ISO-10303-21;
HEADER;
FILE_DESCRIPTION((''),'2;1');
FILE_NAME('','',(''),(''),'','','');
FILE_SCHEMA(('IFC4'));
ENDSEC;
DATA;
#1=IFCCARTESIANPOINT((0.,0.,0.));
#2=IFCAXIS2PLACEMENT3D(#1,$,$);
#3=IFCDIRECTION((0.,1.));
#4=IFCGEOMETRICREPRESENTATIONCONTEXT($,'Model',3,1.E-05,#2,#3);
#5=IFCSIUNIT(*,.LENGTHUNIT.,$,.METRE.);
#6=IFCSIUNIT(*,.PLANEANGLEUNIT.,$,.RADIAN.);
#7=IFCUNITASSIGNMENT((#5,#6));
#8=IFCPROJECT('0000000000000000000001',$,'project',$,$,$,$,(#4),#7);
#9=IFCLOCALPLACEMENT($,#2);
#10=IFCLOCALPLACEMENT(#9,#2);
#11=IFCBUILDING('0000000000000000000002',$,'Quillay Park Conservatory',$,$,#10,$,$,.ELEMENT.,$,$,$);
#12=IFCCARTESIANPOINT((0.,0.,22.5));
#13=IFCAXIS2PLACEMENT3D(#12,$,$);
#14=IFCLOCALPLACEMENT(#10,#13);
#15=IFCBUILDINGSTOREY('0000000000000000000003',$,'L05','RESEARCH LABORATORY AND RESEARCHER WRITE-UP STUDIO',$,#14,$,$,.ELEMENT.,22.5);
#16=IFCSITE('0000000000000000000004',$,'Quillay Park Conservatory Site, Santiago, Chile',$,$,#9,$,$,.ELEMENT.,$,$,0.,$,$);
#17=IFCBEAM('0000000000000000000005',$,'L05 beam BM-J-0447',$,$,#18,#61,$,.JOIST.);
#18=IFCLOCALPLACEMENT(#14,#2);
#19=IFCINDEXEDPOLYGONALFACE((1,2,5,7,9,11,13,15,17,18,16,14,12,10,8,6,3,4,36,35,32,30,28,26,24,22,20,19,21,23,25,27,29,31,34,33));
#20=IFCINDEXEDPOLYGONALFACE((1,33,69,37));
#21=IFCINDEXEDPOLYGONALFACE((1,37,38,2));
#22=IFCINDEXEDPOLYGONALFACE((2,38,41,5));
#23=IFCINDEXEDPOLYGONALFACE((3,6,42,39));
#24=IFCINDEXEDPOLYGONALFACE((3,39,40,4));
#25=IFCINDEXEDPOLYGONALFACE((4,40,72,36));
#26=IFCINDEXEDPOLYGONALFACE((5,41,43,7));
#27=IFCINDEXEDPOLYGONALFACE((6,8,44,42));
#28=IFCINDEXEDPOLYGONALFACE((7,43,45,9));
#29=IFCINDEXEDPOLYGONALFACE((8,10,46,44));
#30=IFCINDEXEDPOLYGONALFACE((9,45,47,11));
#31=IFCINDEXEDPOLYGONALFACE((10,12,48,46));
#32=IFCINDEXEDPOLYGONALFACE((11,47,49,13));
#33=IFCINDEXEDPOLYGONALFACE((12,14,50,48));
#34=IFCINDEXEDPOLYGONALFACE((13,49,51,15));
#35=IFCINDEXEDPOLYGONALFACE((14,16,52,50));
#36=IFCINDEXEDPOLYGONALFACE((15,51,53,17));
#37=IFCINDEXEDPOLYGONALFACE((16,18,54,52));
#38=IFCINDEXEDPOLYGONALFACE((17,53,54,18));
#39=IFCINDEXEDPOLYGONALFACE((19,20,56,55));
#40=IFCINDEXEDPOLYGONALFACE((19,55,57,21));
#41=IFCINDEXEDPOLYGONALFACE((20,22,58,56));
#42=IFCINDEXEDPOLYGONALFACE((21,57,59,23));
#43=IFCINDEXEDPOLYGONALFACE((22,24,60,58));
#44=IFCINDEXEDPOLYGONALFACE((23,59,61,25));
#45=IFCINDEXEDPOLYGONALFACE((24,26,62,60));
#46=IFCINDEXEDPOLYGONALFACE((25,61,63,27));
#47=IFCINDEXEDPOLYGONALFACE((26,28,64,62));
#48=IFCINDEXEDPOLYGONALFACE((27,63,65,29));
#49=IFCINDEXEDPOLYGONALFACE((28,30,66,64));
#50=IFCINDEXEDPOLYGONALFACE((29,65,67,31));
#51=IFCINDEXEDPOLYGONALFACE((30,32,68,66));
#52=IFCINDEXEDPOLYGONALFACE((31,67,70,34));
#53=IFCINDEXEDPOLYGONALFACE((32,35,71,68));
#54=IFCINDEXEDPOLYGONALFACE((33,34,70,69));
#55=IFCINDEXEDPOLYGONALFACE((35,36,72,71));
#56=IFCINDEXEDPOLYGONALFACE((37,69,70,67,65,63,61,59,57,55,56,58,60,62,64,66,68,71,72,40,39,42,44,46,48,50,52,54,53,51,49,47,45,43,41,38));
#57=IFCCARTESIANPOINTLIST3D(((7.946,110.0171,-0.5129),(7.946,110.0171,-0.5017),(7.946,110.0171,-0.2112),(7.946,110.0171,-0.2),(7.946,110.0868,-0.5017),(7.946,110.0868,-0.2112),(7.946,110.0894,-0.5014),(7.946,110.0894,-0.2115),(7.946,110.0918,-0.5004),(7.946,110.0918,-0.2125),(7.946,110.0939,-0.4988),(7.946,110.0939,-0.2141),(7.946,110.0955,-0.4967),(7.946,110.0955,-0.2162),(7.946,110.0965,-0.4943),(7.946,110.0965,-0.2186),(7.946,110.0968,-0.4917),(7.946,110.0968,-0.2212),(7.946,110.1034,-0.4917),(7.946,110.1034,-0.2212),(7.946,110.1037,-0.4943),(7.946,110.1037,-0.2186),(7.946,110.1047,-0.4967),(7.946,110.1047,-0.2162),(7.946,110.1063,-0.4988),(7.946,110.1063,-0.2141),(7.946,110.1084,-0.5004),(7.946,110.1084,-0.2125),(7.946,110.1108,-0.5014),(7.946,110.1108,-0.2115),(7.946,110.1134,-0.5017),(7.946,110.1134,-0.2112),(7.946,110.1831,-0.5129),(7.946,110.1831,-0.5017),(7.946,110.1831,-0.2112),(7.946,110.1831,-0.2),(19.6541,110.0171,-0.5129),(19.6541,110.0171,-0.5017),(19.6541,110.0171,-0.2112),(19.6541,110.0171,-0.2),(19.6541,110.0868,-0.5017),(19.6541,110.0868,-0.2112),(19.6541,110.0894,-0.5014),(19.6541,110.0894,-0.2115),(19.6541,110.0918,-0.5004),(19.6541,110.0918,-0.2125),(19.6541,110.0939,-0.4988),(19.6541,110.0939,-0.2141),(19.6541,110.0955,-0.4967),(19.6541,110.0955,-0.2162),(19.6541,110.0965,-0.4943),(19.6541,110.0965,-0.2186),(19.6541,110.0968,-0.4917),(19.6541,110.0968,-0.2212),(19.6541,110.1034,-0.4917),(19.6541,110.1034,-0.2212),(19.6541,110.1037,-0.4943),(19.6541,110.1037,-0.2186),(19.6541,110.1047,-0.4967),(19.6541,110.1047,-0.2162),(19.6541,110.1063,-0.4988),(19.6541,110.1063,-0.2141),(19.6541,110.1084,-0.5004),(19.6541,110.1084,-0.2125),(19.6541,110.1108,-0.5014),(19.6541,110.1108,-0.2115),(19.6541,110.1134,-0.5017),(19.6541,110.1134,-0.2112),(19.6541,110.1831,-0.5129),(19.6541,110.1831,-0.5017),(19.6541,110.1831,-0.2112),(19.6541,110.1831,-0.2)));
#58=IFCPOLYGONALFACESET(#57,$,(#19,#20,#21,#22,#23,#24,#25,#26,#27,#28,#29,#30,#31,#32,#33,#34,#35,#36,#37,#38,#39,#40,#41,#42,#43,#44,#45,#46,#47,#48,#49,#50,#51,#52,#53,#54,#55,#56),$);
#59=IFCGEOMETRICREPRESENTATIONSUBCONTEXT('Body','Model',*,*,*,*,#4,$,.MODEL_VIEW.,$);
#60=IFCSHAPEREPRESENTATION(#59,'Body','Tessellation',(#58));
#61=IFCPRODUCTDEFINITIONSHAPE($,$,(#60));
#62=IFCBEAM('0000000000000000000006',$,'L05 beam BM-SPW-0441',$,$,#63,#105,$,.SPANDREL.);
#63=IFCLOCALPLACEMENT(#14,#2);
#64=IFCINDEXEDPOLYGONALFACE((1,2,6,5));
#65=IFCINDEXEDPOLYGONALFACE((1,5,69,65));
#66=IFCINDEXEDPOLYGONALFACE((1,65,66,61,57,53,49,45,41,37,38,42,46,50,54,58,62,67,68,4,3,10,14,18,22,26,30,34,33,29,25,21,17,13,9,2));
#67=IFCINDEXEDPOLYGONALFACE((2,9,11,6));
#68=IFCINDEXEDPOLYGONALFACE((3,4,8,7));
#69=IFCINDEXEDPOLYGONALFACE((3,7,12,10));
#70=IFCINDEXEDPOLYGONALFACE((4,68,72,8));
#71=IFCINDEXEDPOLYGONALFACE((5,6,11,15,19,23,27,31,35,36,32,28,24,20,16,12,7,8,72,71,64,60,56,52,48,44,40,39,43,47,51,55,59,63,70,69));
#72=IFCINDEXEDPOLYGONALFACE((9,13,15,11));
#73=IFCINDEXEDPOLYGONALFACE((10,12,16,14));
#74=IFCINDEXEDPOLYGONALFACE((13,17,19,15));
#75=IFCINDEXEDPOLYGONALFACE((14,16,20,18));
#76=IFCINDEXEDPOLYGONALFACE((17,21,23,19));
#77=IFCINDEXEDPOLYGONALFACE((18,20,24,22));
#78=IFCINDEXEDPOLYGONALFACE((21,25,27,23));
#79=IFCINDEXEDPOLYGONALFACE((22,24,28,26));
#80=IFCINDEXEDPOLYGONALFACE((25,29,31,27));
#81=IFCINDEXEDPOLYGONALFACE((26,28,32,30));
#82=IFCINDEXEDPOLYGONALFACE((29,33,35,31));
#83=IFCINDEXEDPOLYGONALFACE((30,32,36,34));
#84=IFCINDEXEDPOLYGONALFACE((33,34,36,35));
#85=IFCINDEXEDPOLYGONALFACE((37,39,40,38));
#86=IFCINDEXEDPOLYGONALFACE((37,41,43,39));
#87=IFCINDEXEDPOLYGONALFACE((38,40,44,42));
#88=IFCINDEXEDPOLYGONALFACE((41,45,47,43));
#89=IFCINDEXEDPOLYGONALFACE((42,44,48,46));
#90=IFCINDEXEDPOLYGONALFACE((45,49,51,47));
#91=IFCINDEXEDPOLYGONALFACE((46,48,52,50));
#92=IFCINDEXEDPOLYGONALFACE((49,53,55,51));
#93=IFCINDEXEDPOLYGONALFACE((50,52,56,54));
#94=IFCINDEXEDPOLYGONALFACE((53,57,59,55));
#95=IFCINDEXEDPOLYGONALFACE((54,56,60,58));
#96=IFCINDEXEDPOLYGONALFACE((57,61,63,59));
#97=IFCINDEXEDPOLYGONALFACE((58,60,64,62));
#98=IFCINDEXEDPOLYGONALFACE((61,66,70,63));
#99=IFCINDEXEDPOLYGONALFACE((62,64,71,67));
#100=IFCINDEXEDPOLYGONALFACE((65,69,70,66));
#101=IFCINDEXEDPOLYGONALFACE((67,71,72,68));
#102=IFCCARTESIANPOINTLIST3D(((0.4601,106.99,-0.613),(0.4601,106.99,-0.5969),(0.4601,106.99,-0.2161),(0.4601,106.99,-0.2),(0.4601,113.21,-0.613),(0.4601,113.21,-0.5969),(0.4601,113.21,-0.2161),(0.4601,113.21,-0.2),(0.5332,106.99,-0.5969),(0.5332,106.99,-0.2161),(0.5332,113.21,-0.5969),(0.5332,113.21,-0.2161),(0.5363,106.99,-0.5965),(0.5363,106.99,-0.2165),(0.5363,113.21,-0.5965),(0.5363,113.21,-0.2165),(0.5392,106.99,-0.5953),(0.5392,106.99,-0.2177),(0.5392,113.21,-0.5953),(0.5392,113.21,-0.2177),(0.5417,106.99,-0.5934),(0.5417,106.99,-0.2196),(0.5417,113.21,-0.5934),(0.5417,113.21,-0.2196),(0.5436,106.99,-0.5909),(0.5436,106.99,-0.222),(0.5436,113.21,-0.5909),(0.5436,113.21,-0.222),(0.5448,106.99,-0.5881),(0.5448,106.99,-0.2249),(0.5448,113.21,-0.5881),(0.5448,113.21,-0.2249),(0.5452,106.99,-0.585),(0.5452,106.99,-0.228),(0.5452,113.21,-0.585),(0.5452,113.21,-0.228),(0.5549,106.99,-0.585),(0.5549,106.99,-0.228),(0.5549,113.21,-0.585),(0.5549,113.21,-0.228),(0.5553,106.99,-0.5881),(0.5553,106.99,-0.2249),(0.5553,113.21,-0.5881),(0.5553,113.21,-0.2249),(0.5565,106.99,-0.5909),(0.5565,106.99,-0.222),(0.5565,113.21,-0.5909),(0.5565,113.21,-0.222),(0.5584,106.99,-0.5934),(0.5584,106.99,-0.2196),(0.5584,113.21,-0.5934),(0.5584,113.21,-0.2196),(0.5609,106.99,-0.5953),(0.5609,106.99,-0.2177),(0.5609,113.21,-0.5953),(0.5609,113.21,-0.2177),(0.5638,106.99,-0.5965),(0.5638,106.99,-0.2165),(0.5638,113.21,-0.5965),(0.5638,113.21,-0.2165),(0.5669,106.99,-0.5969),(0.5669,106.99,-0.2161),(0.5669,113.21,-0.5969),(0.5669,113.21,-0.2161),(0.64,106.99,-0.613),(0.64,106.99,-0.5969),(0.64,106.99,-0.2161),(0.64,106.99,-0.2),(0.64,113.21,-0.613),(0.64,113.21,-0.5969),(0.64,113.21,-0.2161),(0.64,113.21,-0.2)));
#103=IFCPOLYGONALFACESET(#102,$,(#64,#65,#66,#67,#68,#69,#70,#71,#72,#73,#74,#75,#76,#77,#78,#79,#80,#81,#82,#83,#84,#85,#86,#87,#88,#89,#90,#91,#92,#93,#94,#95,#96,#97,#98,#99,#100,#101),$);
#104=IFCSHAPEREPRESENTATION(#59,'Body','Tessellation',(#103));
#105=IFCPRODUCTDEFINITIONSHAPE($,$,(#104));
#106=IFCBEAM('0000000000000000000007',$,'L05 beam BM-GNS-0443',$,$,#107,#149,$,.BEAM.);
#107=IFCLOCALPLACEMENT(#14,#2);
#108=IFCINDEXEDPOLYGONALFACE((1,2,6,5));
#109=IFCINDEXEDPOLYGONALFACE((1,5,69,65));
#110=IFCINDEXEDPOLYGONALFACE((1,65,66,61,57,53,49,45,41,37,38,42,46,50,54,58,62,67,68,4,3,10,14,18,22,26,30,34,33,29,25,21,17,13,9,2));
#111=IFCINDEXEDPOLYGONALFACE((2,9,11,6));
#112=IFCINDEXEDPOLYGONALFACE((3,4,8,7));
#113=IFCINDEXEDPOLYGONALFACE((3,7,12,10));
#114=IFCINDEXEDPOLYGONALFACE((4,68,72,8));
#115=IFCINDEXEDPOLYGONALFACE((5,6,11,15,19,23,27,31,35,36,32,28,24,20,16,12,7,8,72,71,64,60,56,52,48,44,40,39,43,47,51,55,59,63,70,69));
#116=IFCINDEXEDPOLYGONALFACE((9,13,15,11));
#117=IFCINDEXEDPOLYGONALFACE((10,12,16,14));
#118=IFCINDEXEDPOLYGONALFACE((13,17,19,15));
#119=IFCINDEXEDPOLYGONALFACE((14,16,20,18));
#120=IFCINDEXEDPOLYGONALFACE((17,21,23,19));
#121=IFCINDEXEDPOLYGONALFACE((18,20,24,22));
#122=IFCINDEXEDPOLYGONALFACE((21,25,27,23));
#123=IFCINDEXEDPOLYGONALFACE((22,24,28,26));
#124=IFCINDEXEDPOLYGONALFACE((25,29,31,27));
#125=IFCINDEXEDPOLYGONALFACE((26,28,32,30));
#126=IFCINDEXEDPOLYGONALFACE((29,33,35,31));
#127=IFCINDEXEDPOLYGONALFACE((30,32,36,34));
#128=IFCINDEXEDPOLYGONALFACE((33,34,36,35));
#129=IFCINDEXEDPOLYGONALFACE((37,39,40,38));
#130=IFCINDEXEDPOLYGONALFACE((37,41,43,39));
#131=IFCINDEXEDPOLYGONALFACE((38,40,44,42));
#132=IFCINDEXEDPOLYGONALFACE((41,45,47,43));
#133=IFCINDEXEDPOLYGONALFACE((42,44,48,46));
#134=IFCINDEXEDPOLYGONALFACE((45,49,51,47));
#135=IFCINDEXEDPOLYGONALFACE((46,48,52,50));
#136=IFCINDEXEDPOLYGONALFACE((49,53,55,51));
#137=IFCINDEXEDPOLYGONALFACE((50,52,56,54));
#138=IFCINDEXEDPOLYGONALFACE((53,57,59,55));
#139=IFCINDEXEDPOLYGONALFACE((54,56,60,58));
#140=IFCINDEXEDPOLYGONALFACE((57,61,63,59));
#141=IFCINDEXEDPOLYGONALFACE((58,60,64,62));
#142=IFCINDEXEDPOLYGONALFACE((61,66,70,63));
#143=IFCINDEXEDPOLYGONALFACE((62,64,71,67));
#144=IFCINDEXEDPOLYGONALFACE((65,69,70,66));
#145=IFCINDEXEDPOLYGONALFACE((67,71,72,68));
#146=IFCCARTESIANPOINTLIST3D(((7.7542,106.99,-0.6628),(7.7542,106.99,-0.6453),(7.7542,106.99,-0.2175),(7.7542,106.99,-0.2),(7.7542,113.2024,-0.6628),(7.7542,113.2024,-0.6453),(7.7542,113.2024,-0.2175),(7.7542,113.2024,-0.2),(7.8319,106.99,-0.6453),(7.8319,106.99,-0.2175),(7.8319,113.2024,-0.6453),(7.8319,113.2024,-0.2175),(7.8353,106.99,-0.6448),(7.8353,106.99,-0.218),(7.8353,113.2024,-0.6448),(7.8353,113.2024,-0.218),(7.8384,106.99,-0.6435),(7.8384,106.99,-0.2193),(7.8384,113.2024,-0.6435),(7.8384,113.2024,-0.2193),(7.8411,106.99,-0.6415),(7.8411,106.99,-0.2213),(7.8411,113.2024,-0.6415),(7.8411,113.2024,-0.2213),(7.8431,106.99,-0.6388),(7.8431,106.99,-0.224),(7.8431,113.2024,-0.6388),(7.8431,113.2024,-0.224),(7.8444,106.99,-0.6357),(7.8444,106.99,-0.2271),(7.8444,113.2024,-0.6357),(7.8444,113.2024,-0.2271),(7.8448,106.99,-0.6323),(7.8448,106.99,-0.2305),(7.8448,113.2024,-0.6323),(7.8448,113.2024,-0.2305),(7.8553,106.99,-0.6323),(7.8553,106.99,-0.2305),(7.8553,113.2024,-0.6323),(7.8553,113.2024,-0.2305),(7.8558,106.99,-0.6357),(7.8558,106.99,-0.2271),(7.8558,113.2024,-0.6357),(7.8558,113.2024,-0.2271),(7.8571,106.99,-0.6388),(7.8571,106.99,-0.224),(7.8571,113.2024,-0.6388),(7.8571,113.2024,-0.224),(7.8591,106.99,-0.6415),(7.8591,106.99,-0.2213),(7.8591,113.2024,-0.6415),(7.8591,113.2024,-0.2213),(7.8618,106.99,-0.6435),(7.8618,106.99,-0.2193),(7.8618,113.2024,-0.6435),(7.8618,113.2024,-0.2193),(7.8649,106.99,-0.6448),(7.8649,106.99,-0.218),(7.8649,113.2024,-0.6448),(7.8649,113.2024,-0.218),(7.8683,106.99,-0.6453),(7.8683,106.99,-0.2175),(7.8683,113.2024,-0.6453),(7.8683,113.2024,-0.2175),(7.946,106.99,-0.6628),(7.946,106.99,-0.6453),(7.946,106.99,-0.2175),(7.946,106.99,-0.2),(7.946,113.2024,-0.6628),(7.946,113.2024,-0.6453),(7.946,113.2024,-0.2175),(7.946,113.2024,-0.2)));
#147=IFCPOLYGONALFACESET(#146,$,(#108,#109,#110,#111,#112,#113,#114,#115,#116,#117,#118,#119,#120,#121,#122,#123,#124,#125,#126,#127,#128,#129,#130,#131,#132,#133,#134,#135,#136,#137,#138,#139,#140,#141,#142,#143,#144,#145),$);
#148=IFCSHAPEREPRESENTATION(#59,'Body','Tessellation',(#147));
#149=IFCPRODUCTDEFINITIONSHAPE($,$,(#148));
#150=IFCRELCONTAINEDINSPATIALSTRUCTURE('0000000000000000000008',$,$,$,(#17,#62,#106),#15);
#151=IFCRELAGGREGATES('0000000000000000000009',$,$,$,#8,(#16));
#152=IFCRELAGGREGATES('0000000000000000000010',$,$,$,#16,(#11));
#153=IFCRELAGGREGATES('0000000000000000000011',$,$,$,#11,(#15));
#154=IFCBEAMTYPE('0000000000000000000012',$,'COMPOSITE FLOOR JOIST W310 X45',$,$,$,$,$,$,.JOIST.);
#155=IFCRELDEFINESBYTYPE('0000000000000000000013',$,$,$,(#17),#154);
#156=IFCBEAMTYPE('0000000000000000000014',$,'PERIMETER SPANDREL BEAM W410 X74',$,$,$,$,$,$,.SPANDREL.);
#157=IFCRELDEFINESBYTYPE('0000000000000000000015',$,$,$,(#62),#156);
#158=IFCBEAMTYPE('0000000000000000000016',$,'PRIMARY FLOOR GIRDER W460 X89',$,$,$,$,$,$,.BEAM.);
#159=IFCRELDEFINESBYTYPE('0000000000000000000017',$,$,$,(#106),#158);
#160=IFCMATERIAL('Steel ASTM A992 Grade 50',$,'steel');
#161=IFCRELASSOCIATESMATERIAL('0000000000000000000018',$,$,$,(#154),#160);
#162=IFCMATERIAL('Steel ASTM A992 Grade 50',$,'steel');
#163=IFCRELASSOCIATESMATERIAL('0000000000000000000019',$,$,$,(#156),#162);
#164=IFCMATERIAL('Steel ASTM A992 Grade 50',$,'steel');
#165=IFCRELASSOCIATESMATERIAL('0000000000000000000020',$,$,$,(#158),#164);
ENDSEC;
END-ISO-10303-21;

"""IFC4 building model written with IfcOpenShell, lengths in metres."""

from ifc_helpers import new_model, si_unit, direction, frame, origin, origin_2d, place, context, subcontext, project, spatial, i_section, extrude, material, material_profile, profile_set, type_object, element, save


model = new_model("IFC4")

# Units and contexts
model_context = context("Model", 3, precision=1e-05, world=origin(), true_north=direction((0.0, 1.0)))
body_context = subcontext(model_context, "Body", "Model", "MODEL_VIEW")
ifc_project = project(units=[si_unit("LENGTHUNIT", "METRE"), si_unit("PLANEANGLEUNIT", "RADIAN")], contexts=[model_context])

# Site, building, storey
site_placement = place(None, origin())
site = spatial("IfcSite", under=ifc_project, at=site_placement, Name="Quillay Park Conservatory Site, Santiago, Chile", CompositionType="ELEMENT", RefElevation=0.0)
building_placement = place(site_placement, origin())
building = spatial("IfcBuilding", under=site, at=building_placement, Name="Quillay Park Conservatory", CompositionType="ELEMENT")
storey_placement = place(building_placement, frame((0.0, 0.0, 22.5)))
storey = spatial("IfcBuildingStorey", under=building, at=storey_placement, Name="L05", Description="RESEARCH LABORATORY AND RESEARCHER WRITE-UP STUDIO", CompositionType="ELEMENT", Elevation=22.5)

# Beams
ifc_material_1 = material(Name="Steel ASTM A992 Grade 50", Category="steel")
ifc_material_profile_1 = material_profile(ifc_material_1, i_section(OverallWidth=0.166, OverallDepth=0.313, WebThickness=0.0066, FlangeThickness=0.0112, FilletRadius=0.01, at=origin_2d()), Name="W310x45")
ifc_profile_set_1 = profile_set([ifc_material_profile_1], Name="Steel ASTM A992 Grade 50")
beam_type_1 = type_object("IfcBeamType", Name="COMPOSITE FLOOR JOIST W310 X45", PredefinedType="JOIST", material=ifc_profile_set_1)
beam_1_placement = place(storey_placement, frame((7.946, 110.1001, -0.3564), z_axis=(1.0, 0.0, 0.0), x_axis=(0.0, 1.0, 0.0)))
element("IfcBeam", 1, at=beam_1_placement, inside=storey, type_object=beam_type_1, Name="L05 beam BM-J-0447", PredefinedType="JOIST", context=body_context, shape_type="SweptSolid", body=[
    extrude(i_section(OverallWidth=0.166, OverallDepth=0.313, WebThickness=0.0066, FlangeThickness=0.0112, FilletRadius=0.01, at=origin_2d()), origin(), (0.0, 0.0, 1.0), 11.708),
])
ifc_material_2 = material(Name="Steel ASTM A992 Grade 50", Category="steel")
ifc_material_profile_2 = material_profile(ifc_material_2, i_section(OverallWidth=0.1799, OverallDepth=0.4131, WebThickness=0.0098, FlangeThickness=0.0161, FilletRadius=0.012, at=origin_2d()), Name="W410x74")
ifc_profile_set_2 = profile_set([ifc_material_profile_2], Name="Steel ASTM A992 Grade 50")
beam_type_2 = type_object("IfcBeamType", Name="PERIMETER SPANDREL BEAM W410 X74", PredefinedType="SPANDREL", material=ifc_profile_set_2)
beam_2_placement = place(storey_placement, frame((0.55, 106.99, -0.4065), z_axis=(0.0, 1.0, 0.0), x_axis=(-1.0, 0.0, 0.0)))
element("IfcBeam", 2, at=beam_2_placement, inside=storey, type_object=beam_type_2, Name="L05 beam BM-SPW-0441", PredefinedType="SPANDREL", context=body_context, shape_type="SweptSolid", body=[
    extrude(i_section(OverallWidth=0.1799, OverallDepth=0.4131, WebThickness=0.0098, FlangeThickness=0.0161, FilletRadius=0.012, at=origin_2d()), origin(), (0.0, 0.0, 1.0), 6.22),
])
ifc_material_3 = material(Name="Steel ASTM A992 Grade 50", Category="steel")
ifc_material_profile_3 = material_profile(ifc_material_3, i_section(OverallWidth=0.1919, OverallDepth=0.4629, WebThickness=0.0105, FlangeThickness=0.0176, FilletRadius=0.0129, at=origin_2d()), Name="W460x89")
ifc_profile_set_3 = profile_set([ifc_material_profile_3], Name="Steel ASTM A992 Grade 50")
beam_type_3 = type_object("IfcBeamType", Name="PRIMARY FLOOR GIRDER W460 X89", PredefinedType="BEAM", material=ifc_profile_set_3)
beam_3_placement = place(storey_placement, frame((7.8501, 106.99, -0.4314), z_axis=(0.0, 1.0, 0.0), x_axis=(-1.0, 0.0, 0.0)))
element("IfcBeam", 3, at=beam_3_placement, inside=storey, type_object=beam_type_3, Name="L05 beam BM-GNS-0443", PredefinedType="BEAM", context=body_context, shape_type="SweptSolid", body=[
    extrude(i_section(OverallWidth=0.1919, OverallDepth=0.4629, WebThickness=0.0105, FlangeThickness=0.0176, FilletRadius=0.0129, at=origin_2d()), origin(), (0.0, 0.0, 1.0), 6.2124),
])

save(model, "model.ifc")
